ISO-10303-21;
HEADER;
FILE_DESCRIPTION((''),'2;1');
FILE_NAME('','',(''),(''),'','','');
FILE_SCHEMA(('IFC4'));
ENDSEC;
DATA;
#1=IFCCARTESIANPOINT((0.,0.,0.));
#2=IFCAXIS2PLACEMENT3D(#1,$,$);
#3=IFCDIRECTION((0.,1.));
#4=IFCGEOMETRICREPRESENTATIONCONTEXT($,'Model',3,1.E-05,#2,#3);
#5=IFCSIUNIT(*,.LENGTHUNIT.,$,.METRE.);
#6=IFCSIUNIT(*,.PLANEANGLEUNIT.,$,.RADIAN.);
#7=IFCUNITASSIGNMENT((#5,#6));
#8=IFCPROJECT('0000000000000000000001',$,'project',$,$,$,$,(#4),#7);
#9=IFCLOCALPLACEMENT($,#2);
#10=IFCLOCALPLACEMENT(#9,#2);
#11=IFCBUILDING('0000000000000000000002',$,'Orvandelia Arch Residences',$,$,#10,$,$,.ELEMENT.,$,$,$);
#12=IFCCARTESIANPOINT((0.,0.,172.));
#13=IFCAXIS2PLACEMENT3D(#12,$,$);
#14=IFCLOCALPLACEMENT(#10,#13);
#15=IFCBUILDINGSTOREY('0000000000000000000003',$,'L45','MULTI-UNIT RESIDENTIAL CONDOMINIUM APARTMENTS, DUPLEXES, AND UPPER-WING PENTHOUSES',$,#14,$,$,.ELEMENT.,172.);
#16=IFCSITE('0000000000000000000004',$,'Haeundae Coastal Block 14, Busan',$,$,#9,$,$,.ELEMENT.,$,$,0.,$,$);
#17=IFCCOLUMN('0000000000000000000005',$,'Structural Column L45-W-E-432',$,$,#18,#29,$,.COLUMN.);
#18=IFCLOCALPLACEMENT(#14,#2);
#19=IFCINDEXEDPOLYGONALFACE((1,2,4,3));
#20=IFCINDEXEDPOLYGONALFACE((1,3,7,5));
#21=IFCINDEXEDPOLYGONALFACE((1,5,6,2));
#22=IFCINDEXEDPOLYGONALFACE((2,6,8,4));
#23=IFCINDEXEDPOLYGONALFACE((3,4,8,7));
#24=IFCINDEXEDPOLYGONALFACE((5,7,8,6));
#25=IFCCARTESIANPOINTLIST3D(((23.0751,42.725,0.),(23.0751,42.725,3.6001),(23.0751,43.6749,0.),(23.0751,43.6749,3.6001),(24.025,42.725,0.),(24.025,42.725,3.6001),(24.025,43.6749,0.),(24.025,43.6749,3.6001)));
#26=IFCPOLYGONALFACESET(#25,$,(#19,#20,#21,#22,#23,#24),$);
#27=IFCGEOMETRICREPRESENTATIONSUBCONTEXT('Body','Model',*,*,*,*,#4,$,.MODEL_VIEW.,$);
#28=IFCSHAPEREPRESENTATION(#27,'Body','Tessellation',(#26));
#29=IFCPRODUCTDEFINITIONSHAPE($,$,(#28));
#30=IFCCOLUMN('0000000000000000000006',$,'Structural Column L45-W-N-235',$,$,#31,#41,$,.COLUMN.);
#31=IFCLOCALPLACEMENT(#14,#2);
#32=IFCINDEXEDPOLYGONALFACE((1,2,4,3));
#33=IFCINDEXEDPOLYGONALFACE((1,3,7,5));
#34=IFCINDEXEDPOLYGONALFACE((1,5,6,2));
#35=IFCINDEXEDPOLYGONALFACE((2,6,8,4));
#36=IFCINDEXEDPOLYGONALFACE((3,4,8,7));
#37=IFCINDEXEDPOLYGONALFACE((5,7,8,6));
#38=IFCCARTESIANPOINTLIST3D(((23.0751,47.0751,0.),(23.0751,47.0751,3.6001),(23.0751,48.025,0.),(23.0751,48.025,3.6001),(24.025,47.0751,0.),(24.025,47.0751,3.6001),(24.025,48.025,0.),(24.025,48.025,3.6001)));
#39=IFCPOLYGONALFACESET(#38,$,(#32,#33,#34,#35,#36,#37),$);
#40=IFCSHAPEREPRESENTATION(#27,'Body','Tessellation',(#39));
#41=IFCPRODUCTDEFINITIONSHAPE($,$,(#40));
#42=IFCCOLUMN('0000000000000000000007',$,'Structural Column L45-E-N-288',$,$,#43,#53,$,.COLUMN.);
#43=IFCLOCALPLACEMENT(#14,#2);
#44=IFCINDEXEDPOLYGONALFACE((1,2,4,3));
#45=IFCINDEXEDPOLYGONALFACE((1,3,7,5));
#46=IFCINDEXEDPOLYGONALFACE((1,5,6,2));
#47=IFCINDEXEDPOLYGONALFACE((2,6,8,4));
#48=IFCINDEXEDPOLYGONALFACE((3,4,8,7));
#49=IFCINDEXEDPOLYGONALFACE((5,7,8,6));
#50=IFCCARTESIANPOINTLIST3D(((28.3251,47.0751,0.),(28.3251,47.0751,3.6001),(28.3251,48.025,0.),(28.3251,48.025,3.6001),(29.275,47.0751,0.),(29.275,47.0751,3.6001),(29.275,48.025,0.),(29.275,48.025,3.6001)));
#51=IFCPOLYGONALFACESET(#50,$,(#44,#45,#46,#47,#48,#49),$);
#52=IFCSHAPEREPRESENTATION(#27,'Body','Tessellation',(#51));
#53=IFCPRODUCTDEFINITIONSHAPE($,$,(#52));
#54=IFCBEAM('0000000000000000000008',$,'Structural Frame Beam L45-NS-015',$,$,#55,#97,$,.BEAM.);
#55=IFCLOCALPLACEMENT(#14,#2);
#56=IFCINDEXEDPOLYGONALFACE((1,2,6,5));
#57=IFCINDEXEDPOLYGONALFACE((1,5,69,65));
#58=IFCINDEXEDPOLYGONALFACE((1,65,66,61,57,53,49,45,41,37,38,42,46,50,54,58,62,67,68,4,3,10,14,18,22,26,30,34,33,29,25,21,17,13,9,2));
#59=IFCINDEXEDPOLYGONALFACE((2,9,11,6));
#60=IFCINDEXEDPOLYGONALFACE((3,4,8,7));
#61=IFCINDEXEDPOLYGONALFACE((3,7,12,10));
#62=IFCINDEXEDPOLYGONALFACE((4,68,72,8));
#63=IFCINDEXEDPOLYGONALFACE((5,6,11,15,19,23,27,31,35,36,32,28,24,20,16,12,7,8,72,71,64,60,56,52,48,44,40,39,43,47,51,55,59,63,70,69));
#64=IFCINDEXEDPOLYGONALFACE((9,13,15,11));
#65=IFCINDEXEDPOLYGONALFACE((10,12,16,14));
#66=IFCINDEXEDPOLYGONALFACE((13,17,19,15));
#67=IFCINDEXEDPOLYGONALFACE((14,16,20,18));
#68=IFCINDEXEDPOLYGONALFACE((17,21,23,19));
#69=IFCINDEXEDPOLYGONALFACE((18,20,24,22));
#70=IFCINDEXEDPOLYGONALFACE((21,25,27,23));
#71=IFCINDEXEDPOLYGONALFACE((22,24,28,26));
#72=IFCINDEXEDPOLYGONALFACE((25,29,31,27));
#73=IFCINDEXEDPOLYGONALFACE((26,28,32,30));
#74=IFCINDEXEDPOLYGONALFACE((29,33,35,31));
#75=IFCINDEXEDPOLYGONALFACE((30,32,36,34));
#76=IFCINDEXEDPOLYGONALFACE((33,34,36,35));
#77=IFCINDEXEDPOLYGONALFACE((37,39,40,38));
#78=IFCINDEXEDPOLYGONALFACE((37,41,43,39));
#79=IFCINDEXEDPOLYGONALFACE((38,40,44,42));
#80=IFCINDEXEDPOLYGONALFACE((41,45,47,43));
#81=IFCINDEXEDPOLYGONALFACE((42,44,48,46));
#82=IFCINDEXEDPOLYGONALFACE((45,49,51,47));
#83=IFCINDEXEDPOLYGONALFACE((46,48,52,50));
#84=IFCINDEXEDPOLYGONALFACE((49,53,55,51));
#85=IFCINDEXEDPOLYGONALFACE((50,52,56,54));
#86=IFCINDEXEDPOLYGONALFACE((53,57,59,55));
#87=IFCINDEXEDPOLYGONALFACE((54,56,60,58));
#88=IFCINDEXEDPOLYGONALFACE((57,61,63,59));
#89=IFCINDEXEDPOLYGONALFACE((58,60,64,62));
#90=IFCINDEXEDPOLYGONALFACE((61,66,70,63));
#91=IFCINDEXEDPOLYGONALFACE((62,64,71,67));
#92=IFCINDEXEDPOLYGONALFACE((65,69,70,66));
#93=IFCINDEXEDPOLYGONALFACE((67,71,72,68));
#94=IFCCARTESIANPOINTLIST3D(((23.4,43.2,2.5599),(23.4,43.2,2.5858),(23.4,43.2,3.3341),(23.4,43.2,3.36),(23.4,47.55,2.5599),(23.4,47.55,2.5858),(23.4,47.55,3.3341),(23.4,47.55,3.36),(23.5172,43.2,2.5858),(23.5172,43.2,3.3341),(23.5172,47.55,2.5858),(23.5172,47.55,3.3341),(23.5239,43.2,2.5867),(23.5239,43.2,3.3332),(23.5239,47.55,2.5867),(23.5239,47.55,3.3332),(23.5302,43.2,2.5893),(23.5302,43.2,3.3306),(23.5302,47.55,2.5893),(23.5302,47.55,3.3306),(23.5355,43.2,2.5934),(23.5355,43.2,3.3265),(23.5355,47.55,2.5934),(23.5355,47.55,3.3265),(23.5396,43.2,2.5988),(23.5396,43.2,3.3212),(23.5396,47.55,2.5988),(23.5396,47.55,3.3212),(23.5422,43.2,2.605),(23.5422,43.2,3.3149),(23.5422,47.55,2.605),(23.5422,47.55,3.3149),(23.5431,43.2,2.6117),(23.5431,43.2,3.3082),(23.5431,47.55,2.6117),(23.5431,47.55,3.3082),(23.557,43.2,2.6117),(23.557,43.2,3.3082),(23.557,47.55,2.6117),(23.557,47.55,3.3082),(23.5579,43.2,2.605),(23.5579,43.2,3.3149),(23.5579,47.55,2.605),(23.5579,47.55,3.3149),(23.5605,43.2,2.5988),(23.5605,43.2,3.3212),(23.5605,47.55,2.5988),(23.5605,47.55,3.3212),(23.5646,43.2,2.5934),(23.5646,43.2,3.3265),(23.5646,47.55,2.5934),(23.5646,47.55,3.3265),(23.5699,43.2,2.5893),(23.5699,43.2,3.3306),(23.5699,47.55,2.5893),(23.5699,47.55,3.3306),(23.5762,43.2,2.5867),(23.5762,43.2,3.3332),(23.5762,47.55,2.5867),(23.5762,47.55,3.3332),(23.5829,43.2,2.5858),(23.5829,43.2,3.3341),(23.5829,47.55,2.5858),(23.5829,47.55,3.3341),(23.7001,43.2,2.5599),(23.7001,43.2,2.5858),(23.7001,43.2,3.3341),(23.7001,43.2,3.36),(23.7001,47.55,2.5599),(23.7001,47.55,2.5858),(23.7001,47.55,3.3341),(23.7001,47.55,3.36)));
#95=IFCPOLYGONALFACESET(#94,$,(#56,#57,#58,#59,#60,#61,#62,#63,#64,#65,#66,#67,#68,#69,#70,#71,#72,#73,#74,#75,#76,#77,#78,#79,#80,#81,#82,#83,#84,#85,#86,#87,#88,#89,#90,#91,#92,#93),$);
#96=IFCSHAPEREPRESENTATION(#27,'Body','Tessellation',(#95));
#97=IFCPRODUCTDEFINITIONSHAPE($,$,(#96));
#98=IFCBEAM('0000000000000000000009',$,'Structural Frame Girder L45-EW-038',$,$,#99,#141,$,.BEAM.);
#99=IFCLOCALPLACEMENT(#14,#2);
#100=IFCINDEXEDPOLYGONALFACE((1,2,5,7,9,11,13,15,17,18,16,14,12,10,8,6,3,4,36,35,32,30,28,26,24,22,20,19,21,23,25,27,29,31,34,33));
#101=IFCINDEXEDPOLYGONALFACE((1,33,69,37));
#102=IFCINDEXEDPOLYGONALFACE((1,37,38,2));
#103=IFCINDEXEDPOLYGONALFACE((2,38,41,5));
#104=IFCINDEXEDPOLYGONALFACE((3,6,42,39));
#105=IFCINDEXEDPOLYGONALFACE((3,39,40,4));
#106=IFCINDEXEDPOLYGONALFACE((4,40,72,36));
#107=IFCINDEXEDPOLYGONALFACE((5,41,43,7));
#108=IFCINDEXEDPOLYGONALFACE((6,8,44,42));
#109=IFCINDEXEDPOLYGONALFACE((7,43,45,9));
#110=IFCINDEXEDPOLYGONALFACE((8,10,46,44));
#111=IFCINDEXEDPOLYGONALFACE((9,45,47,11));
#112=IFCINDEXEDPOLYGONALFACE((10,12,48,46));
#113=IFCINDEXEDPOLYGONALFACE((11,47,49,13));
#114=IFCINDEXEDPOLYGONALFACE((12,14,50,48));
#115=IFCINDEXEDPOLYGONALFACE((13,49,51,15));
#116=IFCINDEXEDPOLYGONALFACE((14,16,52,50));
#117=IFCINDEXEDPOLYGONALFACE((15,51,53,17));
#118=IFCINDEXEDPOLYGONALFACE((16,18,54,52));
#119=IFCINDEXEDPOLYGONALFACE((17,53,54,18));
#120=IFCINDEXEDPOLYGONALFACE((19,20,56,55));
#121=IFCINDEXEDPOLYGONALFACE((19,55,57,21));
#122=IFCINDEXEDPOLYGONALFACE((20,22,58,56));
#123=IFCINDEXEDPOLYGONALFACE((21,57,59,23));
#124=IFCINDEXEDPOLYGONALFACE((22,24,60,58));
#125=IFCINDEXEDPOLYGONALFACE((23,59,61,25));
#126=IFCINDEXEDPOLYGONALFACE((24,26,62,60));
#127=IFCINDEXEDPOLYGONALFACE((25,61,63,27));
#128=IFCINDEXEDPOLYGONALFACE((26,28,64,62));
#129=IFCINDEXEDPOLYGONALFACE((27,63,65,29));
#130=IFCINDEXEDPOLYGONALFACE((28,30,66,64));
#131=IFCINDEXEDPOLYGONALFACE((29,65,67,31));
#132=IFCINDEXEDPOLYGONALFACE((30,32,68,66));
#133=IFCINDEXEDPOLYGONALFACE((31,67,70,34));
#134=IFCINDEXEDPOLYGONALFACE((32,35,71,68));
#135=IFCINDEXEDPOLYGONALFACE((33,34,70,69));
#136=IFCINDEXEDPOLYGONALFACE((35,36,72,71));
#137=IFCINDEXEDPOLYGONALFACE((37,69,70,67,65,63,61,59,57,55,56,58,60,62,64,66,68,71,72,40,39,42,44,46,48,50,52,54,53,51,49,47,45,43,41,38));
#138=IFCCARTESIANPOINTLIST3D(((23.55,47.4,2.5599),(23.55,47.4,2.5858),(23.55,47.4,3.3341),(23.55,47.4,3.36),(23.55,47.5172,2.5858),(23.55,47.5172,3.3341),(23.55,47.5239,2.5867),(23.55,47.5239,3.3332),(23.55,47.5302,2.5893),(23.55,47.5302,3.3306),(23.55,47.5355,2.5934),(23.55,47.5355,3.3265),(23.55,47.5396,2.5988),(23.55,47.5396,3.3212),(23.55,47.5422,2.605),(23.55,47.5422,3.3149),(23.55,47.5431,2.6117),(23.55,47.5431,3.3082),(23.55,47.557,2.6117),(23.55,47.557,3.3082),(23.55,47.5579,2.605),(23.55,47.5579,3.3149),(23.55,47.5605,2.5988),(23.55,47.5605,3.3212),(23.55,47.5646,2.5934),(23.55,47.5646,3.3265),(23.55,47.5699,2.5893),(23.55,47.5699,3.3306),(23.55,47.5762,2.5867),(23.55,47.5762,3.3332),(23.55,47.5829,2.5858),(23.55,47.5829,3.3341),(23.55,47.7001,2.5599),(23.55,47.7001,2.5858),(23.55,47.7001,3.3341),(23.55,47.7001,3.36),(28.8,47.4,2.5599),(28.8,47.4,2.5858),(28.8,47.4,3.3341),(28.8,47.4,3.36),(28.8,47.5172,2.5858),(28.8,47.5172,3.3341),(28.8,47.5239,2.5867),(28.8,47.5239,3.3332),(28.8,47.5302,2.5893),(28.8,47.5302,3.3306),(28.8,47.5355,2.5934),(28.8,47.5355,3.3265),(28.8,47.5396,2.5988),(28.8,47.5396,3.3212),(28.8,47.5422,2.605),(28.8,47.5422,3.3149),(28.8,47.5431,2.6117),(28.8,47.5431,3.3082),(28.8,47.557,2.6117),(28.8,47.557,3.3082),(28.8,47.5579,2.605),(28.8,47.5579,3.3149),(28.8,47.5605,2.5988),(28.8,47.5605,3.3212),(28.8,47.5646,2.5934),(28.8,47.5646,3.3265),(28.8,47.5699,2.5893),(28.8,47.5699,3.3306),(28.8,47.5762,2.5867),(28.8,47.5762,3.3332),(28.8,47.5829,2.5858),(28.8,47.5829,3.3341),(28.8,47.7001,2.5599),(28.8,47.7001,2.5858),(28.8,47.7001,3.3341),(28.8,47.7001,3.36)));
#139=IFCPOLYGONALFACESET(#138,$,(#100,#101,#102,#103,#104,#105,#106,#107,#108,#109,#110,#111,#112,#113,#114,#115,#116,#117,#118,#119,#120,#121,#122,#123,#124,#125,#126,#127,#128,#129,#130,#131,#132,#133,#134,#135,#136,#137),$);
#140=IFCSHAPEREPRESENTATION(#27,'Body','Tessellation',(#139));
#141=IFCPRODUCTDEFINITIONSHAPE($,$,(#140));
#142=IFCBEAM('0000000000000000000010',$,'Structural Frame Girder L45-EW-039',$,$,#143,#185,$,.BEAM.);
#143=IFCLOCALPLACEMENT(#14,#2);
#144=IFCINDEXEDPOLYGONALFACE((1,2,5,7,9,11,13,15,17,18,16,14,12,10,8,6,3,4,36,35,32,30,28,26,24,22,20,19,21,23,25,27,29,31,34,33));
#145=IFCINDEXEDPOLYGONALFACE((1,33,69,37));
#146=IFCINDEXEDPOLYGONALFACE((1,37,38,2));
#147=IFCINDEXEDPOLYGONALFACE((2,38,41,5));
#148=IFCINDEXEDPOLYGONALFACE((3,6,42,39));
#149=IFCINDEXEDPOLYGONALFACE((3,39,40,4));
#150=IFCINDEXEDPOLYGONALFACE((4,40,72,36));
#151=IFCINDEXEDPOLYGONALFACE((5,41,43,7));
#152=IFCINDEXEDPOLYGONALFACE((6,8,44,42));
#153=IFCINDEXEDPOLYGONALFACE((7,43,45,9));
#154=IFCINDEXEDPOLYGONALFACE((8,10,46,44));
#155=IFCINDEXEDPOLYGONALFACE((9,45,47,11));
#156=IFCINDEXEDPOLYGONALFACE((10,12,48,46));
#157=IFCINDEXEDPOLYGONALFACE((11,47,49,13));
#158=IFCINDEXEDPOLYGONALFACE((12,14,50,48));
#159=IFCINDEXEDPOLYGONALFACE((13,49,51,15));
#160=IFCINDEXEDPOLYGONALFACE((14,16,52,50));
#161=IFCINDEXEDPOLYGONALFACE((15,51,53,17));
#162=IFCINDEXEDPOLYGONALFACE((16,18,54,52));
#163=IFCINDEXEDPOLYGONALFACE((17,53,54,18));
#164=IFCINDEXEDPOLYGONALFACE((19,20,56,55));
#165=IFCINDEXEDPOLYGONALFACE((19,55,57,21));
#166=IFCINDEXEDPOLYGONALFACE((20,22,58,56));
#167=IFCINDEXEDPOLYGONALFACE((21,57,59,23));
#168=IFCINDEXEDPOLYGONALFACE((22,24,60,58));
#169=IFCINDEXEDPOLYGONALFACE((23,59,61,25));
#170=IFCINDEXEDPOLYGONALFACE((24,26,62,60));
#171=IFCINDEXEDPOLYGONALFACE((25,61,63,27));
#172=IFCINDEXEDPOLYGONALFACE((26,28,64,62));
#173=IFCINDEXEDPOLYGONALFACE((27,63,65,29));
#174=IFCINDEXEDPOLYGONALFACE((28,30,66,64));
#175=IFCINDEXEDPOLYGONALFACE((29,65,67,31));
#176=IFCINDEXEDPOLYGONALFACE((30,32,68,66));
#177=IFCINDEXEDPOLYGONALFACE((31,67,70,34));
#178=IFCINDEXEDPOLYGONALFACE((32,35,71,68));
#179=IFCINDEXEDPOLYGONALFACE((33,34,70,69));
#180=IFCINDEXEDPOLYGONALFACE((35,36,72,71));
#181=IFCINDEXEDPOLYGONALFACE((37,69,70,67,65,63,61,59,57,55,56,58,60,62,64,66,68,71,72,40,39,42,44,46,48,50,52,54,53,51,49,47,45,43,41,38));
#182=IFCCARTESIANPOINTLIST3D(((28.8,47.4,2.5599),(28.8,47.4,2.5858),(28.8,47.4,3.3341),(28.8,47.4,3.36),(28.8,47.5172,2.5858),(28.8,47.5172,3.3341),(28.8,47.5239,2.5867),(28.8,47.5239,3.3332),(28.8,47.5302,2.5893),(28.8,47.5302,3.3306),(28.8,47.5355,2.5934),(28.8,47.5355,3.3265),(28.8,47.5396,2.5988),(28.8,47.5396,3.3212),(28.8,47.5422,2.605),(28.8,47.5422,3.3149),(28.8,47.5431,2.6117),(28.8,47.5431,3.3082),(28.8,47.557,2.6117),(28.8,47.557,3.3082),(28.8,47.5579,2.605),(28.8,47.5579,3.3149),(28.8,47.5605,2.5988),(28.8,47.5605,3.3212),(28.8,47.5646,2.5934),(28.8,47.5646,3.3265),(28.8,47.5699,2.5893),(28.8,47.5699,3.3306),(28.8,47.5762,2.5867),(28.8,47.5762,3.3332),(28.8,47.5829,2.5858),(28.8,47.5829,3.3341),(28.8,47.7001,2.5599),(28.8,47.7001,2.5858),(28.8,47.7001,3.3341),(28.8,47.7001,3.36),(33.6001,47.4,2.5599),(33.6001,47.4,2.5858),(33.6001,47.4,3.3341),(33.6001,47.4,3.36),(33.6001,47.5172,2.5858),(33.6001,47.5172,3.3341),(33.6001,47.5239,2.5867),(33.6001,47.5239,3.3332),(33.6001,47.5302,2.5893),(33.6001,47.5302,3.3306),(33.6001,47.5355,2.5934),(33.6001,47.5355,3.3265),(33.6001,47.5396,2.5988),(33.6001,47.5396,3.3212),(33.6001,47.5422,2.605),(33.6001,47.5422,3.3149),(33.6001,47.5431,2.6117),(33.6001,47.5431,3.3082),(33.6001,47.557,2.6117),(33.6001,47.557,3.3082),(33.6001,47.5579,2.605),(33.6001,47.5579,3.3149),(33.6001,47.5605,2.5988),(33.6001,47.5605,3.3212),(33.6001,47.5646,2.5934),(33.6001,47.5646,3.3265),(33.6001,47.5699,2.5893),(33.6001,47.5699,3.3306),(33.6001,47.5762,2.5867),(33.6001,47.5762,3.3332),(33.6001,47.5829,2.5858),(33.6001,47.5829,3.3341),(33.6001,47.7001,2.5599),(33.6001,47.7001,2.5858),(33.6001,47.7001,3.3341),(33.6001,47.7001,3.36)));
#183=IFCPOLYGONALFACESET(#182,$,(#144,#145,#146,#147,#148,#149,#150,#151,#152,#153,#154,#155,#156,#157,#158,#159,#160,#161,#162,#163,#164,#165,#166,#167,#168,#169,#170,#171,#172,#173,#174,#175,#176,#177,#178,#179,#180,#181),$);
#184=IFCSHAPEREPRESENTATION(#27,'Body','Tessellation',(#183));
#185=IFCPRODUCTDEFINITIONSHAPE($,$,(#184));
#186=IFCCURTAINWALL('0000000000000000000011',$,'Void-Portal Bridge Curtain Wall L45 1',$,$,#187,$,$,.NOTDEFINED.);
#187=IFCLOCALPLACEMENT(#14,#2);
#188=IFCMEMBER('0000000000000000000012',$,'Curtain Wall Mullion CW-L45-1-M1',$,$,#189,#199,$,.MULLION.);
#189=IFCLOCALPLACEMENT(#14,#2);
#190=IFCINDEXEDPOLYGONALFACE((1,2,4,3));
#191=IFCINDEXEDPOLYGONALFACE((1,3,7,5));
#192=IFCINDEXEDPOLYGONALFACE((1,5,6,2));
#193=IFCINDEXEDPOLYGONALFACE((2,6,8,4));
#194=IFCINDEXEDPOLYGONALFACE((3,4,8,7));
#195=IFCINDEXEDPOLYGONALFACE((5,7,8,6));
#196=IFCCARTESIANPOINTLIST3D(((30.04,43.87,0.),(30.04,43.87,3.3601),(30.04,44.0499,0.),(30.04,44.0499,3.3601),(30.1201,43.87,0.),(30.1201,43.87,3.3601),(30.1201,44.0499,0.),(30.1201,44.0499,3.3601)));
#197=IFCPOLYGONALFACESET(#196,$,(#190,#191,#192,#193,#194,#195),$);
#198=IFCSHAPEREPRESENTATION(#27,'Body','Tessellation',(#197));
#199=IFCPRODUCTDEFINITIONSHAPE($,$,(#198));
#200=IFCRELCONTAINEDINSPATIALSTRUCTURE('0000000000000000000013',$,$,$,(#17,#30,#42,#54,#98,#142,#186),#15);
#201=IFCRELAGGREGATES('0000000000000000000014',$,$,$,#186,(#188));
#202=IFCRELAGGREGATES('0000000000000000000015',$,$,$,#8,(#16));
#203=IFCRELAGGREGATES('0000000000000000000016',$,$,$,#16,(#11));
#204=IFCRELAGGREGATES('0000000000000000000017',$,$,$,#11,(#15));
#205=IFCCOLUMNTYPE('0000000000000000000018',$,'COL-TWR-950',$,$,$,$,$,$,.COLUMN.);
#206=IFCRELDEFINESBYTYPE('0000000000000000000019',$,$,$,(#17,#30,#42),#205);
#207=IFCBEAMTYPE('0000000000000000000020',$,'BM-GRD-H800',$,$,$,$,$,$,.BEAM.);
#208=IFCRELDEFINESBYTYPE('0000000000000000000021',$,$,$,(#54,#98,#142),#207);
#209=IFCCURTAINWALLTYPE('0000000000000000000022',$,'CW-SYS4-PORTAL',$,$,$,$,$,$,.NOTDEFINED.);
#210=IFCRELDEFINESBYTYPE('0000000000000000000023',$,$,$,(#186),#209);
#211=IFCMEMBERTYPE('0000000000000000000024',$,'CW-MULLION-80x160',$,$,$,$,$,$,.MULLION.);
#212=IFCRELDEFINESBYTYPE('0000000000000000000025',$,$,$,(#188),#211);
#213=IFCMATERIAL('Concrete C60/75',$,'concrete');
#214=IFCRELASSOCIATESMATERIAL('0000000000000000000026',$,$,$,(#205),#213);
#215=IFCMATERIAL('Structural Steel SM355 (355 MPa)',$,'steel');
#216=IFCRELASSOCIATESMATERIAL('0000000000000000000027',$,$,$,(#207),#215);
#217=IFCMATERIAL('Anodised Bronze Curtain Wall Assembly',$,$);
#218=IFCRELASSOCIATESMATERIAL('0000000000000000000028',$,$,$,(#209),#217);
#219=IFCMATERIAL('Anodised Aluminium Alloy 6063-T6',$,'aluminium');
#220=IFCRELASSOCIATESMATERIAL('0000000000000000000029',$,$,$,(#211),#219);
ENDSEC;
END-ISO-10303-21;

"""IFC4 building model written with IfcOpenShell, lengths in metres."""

from ifc_helpers import new_model, si_unit, direction, frame, origin, origin_2d, place, context, subcontext, project, spatial, rectangle, i_section, extrude, material, material_profile, profile_set, type_object, element, aggregate, save


model = new_model("IFC4")

# Units and contexts
model_context = context("Model", 3, precision=1e-05, world=origin(), true_north=direction((0.0, 1.0)))
body_context = subcontext(model_context, "Body", "Model", "MODEL_VIEW")
ifc_project = project(units=[si_unit("LENGTHUNIT", "METRE"), si_unit("PLANEANGLEUNIT", "RADIAN")], contexts=[model_context])

# Site, building, storey
site_placement = place(None, origin())
site = spatial("IfcSite", under=ifc_project, at=site_placement, Name="Haeundae Coastal Block 14, Busan", CompositionType="ELEMENT", RefElevation=0.0)
building_placement = place(site_placement, origin())
building = spatial("IfcBuilding", under=site, at=building_placement, Name="Orvandelia Arch Residences", CompositionType="ELEMENT")
storey_placement = place(building_placement, frame((0.0, 0.0, 172.0)))
storey = spatial("IfcBuildingStorey", under=building, at=storey_placement, Name="L45", Description="MULTI-UNIT RESIDENTIAL CONDOMINIUM APARTMENTS, DUPLEXES, AND UPPER-WING PENTHOUSES", CompositionType="ELEMENT", Elevation=172.0)

# Columns
ifc_material_1 = material(Name="Concrete C60/75", Category="concrete")
ifc_material_profile_1 = material_profile(ifc_material_1, rectangle(XDim=0.95, YDim=0.95, at=origin_2d()), Name="Concrete C60/75", Category="concrete")
ifc_profile_set_1 = profile_set([ifc_material_profile_1], Name="Concrete C60/75")
column_type = type_object("IfcColumnType", Name="COL-TWR-950", PredefinedType="COLUMN", material=ifc_profile_set_1)
for number, where, z_axis, x_axis, name in (
    (1, (23.55, 43.2, 0.0), (0.0, 0.0, 1.0), (1.0, 0.0, 0.0), "Structural Column L45-W-E-432"),
    (2, (23.55, 47.55, 0.0), (0.0, 0.0, 1.0), (1.0, 0.0, 0.0), "Structural Column L45-W-N-235"),
    (3, (28.8, 47.55, 0.0), (0.0, 0.0, 1.0), (1.0, 0.0, 0.0), "Structural Column L45-E-N-288"),
):
    element("IfcColumn", number, at=place(storey_placement, frame(where, z_axis=z_axis, x_axis=x_axis)), inside=storey, type_object=column_type, Name=name, PredefinedType="COLUMN", context=body_context, shape_type="SweptSolid", body=[
        extrude(rectangle(XDim=0.95, YDim=0.95, at=origin_2d()), origin(), (0.0, 0.0, 1.0), 3.6001),
    ])

# Beams
ifc_material_2 = material(Name="Structural Steel SM355 (355 MPa)", Category="steel")
ifc_material_profile_2 = material_profile(ifc_material_2, i_section(OverallWidth=0.3, OverallDepth=0.8, WebThickness=0.0139, FlangeThickness=0.0259, FilletRadius=0.0259, at=origin_2d()), Name="Structural Steel SM355 (355 MPa)", Category="steel")
ifc_profile_set_2 = profile_set([ifc_material_profile_2], Name="Structural Steel SM355 (355 MPa)")
beam_type = type_object("IfcBeamType", Name="BM-GRD-H800", PredefinedType="BEAM", material=ifc_profile_set_2)
beam_1_placement = place(storey_placement, frame((23.55, 43.2, 2.96), z_axis=(0.0, 1.0, 0.0), x_axis=(-1.0, 0.0, 0.0)))
element("IfcBeam", 4, at=beam_1_placement, inside=storey, type_object=beam_type, Name="Structural Frame Beam L45-NS-015", PredefinedType="BEAM", context=body_context, shape_type="SweptSolid", body=[
    extrude(i_section(OverallWidth=0.3, OverallDepth=0.8, WebThickness=0.0139, FlangeThickness=0.0259, FilletRadius=0.0259, at=origin_2d()), origin(), (0.0, 0.0, 1.0), 4.3501),
])
beam_2_placement = place(storey_placement, frame((23.55, 47.55, 2.96), z_axis=(1.0, 0.0, 0.0), x_axis=(0.0, 1.0, 0.0)))
element("IfcBeam", 5, at=beam_2_placement, inside=storey, type_object=beam_type, Name="Structural Frame Girder L45-EW-038", PredefinedType="BEAM", context=body_context, shape_type="SweptSolid", body=[
    extrude(i_section(OverallWidth=0.3, OverallDepth=0.8, WebThickness=0.0139, FlangeThickness=0.0259, FilletRadius=0.0259, at=origin_2d()), origin(), (0.0, 0.0, 1.0), 5.25),
])
beam_3_placement = place(storey_placement, frame((28.8, 47.55, 2.96), z_axis=(1.0, 0.0, 0.0), x_axis=(0.0, 1.0, 0.0)))
element("IfcBeam", 6, at=beam_3_placement, inside=storey, type_object=beam_type, Name="Structural Frame Girder L45-EW-039", PredefinedType="BEAM", context=body_context, shape_type="SweptSolid", body=[
    extrude(i_section(OverallWidth=0.3, OverallDepth=0.8, WebThickness=0.0139, FlangeThickness=0.0259, FilletRadius=0.0259, at=origin_2d()), origin(), (0.0, 0.0, 1.0), 4.8),
])

# Curtain wall, member
ifc_material_3 = material(Name="Anodised Bronze Curtain Wall Assembly")
curtain_wall_type = type_object("IfcCurtainWallType", Name="CW-SYS4-PORTAL", PredefinedType="NOTDEFINED", material=ifc_material_3)
curtain_wall_placement = place(storey_placement, origin())
curtain_wall = element("IfcCurtainWall", 7, at=curtain_wall_placement, inside=storey, type_object=curtain_wall_type, Name="Void-Portal Bridge Curtain Wall L45 1", PredefinedType="NOTDEFINED")
ifc_material_4 = material(Name="Anodised Aluminium Alloy 6063-T6", Category="aluminium")
ifc_material_profile_3 = material_profile(ifc_material_4, rectangle(XDim=0.0801, YDim=0.1799, at=origin_2d()), Name="Anodised Aluminium Alloy 6063-T6", Category="aluminium")
ifc_profile_set_3 = profile_set([ifc_material_profile_3], Name="Anodised Aluminium Alloy 6063-T6")
member_type_1 = type_object("IfcMemberType", Name="CW-MULLION-80x160", PredefinedType="MULLION", material=ifc_profile_set_3)
member_1_placement = place(storey_placement, frame((30.0801, 43.96, 0.0), z_axis=(0.0, 0.0, 1.0), x_axis=(1.0, 0.0, 0.0)))
member_1 = element("IfcMember", 8, at=member_1_placement, type_object=member_type_1, Name="Curtain Wall Mullion CW-L45-1-M1", PredefinedType="MULLION", context=body_context, shape_type="SweptSolid", body=[
    extrude(rectangle(XDim=0.0801, YDim=0.1799, at=origin_2d()), origin(), (0.0, 0.0, 1.0), 3.3601),
])
aggregate(curtain_wall, [member_1])

save(model, "model.ifc")
